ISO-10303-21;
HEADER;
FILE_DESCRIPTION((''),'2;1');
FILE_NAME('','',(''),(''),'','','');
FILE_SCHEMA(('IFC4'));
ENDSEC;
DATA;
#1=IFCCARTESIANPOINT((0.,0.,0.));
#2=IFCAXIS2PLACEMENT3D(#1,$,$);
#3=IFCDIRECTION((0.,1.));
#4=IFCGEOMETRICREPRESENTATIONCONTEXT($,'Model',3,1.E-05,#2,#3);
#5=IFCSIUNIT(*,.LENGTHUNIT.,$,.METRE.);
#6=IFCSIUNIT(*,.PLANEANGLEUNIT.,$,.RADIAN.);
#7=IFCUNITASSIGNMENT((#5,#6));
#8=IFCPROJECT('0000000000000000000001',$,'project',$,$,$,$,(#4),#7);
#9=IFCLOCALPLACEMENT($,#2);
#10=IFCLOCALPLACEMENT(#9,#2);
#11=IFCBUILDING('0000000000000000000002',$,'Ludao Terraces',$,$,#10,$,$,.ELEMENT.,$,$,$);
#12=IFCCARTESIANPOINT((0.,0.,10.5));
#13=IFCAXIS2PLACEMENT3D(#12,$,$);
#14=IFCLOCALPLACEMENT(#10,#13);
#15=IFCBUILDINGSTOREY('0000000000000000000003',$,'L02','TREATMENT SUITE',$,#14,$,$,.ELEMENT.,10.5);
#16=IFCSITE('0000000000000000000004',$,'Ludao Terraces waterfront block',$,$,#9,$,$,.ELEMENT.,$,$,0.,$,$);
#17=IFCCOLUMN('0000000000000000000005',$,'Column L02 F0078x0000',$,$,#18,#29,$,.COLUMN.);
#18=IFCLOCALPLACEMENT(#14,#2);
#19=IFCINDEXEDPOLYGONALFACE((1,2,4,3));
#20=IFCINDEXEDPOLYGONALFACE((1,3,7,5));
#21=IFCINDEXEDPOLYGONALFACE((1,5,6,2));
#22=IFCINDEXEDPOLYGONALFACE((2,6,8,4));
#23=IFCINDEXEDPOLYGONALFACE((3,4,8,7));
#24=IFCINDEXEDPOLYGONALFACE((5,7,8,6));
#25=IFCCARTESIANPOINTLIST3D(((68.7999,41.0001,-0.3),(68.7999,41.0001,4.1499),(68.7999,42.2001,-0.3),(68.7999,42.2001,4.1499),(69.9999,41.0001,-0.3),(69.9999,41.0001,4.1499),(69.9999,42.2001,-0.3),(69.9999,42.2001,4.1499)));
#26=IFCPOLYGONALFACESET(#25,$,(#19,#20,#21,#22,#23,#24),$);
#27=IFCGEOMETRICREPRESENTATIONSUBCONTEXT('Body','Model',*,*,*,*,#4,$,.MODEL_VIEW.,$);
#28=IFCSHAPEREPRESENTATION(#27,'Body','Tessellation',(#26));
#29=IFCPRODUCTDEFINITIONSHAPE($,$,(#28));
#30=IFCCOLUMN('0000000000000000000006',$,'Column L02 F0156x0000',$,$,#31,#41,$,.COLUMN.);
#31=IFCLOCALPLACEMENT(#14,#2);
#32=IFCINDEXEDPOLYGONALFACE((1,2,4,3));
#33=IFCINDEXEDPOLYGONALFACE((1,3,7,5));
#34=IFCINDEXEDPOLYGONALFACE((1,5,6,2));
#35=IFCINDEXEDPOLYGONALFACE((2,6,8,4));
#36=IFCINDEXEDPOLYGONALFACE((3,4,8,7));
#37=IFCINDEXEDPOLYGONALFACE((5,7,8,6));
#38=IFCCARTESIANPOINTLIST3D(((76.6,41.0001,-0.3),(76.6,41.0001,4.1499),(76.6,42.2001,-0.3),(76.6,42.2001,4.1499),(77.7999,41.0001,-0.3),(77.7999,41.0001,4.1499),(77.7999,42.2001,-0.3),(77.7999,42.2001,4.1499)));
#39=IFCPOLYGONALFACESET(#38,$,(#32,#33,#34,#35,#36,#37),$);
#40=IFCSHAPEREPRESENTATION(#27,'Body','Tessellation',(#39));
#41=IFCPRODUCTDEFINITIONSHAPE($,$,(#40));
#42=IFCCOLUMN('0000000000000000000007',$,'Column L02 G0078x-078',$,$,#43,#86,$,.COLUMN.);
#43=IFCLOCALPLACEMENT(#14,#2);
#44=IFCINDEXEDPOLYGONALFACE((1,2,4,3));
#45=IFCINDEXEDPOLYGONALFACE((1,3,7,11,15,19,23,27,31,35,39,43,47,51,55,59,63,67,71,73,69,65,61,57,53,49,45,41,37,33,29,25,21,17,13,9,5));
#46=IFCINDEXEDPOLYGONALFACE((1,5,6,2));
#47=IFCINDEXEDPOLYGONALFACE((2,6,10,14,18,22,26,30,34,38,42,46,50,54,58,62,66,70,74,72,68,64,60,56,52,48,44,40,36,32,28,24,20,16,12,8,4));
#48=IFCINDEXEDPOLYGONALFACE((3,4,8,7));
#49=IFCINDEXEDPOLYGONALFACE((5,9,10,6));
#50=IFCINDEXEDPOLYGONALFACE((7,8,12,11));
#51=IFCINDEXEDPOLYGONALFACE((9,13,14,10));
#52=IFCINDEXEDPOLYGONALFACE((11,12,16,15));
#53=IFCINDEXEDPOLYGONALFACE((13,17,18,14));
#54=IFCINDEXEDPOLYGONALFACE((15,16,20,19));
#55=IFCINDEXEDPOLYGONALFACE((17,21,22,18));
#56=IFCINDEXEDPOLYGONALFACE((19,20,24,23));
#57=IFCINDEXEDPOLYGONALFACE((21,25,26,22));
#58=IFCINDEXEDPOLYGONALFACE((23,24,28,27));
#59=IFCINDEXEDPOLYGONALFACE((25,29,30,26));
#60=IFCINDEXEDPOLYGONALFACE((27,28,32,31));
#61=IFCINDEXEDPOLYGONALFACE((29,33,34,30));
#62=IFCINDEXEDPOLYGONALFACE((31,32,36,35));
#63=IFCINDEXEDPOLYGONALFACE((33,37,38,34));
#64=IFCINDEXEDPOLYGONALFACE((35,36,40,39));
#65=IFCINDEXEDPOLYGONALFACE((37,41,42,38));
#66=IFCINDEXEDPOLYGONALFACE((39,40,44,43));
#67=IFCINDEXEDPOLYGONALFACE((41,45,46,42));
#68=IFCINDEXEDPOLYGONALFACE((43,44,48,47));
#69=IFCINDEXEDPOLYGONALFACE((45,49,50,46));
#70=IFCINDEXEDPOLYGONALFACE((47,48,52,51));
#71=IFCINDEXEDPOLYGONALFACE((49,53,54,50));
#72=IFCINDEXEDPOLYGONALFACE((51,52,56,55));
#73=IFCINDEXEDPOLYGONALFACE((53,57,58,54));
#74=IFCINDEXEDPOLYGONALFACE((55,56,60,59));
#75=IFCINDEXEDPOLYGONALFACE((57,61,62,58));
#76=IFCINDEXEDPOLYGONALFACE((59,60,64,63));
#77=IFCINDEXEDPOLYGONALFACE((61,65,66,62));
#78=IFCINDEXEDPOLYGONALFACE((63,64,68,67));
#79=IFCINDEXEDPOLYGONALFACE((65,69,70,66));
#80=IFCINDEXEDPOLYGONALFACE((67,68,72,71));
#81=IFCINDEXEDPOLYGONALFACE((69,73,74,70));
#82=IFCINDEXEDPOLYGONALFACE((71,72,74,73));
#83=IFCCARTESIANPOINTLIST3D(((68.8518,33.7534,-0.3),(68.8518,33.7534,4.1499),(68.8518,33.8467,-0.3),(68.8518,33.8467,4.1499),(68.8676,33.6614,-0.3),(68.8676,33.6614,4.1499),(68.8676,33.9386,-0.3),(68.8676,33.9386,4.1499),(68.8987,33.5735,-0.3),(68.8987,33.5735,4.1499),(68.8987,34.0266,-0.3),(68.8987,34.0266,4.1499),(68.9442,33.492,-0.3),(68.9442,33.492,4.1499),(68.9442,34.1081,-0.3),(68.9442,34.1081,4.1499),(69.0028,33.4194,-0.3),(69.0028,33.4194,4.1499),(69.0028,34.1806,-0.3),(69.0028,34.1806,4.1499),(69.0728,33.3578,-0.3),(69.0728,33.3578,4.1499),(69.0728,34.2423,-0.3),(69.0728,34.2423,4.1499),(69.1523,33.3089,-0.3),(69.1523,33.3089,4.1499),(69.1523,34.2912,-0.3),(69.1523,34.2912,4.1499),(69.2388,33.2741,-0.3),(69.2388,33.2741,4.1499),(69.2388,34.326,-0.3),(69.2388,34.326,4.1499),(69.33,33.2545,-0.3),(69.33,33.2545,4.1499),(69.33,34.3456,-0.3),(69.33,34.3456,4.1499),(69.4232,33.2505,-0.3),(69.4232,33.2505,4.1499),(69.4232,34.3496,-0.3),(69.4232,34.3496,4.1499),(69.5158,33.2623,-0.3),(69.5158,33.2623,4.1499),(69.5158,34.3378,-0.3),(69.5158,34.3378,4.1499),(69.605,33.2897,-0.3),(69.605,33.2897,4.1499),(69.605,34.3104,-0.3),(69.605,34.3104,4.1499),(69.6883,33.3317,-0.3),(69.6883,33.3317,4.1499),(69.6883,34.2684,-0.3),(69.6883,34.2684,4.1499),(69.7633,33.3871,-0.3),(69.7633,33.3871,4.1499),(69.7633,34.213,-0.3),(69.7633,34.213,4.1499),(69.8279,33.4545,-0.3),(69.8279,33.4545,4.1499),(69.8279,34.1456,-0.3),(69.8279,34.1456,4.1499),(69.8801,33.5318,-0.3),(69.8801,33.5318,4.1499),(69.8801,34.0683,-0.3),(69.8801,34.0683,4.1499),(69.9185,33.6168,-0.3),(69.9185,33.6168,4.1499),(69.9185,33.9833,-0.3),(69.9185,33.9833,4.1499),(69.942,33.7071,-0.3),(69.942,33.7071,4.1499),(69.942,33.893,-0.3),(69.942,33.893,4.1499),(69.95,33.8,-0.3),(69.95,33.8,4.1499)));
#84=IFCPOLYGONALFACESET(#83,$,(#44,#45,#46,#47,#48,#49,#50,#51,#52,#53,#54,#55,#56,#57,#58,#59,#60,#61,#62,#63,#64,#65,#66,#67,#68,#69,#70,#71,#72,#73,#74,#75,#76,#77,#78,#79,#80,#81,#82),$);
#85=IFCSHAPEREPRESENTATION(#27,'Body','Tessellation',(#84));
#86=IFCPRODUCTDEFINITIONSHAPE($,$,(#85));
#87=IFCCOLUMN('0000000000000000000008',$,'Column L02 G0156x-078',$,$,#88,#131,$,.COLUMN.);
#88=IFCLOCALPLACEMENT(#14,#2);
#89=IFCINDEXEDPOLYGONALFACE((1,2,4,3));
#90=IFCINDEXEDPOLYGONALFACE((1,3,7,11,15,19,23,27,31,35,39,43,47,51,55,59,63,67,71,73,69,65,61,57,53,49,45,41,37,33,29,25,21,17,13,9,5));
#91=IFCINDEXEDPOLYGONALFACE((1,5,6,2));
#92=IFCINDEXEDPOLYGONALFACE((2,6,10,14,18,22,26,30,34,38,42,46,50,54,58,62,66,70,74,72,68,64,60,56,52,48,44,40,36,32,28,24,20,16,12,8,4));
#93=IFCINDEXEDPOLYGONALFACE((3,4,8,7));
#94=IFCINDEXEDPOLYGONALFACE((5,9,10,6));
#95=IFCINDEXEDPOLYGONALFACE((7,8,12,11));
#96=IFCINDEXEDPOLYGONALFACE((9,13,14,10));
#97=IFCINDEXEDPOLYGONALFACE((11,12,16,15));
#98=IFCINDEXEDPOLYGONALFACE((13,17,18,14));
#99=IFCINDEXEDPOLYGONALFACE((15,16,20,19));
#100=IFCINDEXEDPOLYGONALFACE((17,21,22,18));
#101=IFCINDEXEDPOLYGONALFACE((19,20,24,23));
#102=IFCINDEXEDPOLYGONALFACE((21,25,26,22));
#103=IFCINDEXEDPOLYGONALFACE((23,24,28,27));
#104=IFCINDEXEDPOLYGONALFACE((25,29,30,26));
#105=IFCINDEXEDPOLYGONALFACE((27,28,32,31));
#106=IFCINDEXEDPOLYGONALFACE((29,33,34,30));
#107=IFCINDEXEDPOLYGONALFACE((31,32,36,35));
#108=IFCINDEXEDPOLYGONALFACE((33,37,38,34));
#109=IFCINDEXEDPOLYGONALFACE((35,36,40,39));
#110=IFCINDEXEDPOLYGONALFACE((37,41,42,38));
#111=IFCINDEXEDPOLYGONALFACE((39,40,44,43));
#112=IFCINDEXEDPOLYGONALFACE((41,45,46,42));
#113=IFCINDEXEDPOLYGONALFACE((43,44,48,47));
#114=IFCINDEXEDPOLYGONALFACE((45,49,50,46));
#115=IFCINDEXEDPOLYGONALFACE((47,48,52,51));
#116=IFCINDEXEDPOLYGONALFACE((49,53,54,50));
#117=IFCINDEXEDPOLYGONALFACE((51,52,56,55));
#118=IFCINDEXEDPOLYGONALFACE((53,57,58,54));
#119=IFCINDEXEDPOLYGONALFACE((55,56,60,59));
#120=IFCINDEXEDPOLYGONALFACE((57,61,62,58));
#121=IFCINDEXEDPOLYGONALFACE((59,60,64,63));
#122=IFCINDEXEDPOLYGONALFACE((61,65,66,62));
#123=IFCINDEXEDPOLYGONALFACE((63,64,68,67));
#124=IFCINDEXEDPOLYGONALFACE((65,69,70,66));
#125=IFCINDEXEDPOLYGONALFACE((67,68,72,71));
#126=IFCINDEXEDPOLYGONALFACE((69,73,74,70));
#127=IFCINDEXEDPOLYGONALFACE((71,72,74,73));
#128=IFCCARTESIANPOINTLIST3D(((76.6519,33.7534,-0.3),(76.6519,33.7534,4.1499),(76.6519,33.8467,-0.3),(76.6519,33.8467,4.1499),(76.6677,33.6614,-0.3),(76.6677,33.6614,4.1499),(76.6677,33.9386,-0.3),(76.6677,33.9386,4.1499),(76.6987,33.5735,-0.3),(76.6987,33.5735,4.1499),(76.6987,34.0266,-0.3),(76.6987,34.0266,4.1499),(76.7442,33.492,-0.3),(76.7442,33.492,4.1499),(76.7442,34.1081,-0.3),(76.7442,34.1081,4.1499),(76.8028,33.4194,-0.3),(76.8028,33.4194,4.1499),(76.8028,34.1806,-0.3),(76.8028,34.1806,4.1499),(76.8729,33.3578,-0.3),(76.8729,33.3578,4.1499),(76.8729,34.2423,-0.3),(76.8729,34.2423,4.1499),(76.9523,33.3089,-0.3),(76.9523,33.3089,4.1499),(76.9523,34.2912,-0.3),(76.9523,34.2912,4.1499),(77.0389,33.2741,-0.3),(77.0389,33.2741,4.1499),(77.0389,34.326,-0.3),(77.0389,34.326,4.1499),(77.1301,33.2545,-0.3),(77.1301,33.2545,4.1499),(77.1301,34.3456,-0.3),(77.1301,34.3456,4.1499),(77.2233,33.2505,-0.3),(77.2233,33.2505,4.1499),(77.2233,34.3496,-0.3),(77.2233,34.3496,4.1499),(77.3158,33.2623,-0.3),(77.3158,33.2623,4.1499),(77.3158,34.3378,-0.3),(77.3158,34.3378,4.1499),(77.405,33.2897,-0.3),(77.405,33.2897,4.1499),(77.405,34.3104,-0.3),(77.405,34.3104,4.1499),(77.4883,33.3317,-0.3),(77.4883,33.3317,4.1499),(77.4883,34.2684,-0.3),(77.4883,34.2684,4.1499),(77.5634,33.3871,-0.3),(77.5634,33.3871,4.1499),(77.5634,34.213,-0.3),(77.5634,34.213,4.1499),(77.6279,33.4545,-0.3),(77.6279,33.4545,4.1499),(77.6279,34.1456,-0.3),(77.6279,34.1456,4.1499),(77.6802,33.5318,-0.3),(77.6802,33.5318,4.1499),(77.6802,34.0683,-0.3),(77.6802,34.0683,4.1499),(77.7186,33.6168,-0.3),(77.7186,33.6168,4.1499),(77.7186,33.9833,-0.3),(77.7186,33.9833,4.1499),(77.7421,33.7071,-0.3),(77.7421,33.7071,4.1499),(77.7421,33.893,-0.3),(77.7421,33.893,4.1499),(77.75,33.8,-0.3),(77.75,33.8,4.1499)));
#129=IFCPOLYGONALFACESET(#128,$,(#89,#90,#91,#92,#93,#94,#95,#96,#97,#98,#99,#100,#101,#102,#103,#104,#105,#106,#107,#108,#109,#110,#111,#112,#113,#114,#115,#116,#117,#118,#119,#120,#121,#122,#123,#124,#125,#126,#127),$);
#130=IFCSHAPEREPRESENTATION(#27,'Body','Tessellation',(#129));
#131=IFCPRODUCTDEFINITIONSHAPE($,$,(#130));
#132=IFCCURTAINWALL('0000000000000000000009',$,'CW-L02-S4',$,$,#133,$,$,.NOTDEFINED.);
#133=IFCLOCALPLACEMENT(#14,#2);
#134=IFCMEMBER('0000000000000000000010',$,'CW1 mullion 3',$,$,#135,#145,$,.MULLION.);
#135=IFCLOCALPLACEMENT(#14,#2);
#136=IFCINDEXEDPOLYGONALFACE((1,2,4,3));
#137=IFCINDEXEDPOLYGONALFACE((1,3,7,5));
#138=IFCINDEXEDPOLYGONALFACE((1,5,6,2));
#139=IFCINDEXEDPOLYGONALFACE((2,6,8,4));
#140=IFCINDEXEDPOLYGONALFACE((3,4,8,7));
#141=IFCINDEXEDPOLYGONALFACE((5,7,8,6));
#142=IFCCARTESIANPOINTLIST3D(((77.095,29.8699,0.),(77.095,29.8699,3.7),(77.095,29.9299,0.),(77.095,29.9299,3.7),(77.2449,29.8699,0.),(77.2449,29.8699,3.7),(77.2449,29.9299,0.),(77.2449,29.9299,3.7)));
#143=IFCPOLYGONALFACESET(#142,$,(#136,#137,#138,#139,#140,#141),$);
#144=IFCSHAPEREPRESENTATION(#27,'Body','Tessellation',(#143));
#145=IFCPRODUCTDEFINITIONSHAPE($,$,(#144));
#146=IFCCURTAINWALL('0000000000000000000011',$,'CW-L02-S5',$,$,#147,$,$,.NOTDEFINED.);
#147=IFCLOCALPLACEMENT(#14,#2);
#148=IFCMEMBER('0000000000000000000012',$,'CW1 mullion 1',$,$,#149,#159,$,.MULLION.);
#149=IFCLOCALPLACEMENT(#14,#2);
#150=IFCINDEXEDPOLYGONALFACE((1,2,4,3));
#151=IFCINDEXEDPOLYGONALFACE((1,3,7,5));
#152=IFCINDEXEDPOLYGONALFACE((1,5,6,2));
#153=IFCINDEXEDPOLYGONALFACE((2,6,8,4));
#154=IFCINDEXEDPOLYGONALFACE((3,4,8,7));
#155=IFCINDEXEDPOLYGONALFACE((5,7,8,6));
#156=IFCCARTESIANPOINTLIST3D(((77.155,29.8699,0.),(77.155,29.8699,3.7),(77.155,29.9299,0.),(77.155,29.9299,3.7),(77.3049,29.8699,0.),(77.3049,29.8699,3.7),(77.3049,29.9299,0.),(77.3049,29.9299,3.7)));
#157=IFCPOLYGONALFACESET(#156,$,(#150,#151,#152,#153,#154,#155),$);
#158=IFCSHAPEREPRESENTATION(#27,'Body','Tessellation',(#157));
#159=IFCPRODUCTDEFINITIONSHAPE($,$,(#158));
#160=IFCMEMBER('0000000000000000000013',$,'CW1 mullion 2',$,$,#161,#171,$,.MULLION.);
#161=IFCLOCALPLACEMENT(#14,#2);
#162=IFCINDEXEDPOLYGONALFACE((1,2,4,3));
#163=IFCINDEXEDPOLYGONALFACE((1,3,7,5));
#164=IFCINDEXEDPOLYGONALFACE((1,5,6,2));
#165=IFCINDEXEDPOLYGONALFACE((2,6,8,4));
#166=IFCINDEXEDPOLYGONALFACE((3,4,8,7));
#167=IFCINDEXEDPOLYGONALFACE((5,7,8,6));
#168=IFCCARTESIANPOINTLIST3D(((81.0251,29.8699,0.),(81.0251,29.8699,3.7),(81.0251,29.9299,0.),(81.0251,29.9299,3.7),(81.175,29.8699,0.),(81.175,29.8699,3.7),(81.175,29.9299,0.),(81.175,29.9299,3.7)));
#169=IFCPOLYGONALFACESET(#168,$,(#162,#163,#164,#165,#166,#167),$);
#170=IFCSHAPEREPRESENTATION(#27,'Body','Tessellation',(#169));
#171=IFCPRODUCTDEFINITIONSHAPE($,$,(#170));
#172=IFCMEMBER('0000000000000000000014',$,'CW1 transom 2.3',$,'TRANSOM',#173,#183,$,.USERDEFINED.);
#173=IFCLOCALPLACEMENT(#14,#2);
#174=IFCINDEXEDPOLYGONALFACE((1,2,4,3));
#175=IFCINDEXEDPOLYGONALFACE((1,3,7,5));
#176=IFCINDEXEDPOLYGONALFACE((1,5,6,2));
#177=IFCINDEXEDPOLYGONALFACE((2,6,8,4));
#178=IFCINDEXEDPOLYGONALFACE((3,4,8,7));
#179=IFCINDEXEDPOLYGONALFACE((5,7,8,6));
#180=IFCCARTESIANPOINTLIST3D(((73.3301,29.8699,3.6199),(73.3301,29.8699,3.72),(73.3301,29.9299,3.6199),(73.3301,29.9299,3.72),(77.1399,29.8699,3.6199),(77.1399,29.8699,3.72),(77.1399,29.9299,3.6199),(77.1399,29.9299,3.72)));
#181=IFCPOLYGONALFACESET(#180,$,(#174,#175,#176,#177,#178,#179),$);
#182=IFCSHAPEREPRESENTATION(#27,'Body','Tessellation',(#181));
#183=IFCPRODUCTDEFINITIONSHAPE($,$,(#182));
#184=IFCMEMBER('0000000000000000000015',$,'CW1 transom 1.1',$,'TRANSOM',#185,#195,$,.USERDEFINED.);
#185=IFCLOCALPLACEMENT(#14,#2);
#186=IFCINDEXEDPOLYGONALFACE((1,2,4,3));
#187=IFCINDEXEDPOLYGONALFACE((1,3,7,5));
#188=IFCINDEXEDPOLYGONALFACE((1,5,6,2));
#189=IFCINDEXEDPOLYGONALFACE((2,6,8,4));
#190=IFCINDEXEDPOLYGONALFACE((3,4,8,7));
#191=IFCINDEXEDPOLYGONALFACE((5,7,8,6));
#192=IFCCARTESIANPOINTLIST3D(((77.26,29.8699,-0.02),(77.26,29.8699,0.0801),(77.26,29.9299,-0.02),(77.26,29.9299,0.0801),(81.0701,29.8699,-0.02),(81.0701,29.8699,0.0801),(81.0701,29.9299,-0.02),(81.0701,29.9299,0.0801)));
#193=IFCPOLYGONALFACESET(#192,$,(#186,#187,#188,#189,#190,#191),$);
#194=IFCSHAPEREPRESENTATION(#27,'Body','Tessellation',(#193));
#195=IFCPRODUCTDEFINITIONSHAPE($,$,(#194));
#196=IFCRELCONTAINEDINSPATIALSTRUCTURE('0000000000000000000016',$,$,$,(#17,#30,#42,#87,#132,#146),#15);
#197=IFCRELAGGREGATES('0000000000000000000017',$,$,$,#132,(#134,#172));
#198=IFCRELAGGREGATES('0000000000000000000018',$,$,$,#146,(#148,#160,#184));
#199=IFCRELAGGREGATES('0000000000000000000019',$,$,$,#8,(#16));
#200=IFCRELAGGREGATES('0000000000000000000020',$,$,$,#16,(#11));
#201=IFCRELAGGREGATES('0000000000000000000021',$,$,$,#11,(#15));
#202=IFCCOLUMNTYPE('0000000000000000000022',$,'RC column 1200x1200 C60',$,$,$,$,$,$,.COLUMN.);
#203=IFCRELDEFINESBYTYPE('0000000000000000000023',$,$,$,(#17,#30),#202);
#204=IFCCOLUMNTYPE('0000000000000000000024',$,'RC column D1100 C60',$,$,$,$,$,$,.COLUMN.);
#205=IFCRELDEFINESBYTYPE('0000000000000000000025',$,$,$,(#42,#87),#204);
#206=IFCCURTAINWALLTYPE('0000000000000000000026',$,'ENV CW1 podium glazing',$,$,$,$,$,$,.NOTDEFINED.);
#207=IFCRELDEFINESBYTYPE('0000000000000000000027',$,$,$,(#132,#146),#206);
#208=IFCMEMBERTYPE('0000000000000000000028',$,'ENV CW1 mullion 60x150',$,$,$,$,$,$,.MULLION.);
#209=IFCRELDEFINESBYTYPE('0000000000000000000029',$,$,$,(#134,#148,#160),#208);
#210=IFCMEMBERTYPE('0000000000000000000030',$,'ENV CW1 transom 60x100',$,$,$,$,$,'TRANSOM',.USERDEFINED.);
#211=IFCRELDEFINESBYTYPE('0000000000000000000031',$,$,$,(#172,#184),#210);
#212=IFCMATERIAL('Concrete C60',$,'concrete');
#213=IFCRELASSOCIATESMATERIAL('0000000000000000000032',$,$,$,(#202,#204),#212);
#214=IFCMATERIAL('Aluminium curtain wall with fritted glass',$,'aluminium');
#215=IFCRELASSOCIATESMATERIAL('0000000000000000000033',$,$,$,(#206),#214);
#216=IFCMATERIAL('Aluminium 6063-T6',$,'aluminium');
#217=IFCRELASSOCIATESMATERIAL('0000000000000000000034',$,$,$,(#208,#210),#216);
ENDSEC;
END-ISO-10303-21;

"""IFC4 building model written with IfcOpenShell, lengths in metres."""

from ifc_helpers import new_model, si_unit, direction, frame, origin, origin_2d, place, context, subcontext, project, spatial, rectangle, circle, extrude, material, material_profile, profile_set, type_object, element, aggregate, save


model = new_model("IFC4")

# Units and contexts
model_context = context("Model", 3, precision=1e-05, world=origin(), true_north=direction((0.0, 1.0)))
body_context = subcontext(model_context, "Body", "Model", "MODEL_VIEW")
ifc_project = project(units=[si_unit("LENGTHUNIT", "METRE"), si_unit("PLANEANGLEUNIT", "RADIAN")], contexts=[model_context])

# Site, building, storey
site_placement = place(None, origin())
site = spatial("IfcSite", under=ifc_project, at=site_placement, Name="Ludao Terraces waterfront block", CompositionType="ELEMENT", RefElevation=0.0)
building_placement = place(site_placement, origin())
building = spatial("IfcBuilding", under=site, at=building_placement, Name="Ludao Terraces", CompositionType="ELEMENT")
storey_placement = place(building_placement, frame((0.0, 0.0, 10.5)))
storey = spatial("IfcBuildingStorey", under=building, at=storey_placement, Name="L02", Description="TREATMENT SUITE", CompositionType="ELEMENT", Elevation=10.5)

# Columns
ifc_material_1 = material(Name="Concrete C60", Category="concrete")
ifc_material_profile_1 = material_profile(ifc_material_1, rectangle(XDim=1.2, YDim=1.2, at=origin_2d()), Name="1200 X 1200")
ifc_profile_set_1 = profile_set([ifc_material_profile_1], Name="Concrete C60")
column_type_1 = type_object("IfcColumnType", Name="RC column 1200x1200 C60", PredefinedType="COLUMN", material=ifc_profile_set_1)
for number, where, z_axis, x_axis, name in (
    (1, (69.3999, 41.6001, -0.3), (0.0, 0.0, 1.0), (1.0, 0.0, 0.0), "Column L02 F0078x0000"),
    (2, (77.2, 41.6001, -0.3), (0.0, 0.0, 1.0), (1.0, 0.0, 0.0), "Column L02 F0156x0000"),
):
    element("IfcColumn", number, at=place(storey_placement, frame(where, z_axis=z_axis, x_axis=x_axis)), inside=storey, type_object=column_type_1, Name=name, PredefinedType="COLUMN", context=body_context, shape_type="SweptSolid", body=[
        extrude(rectangle(XDim=1.2, YDim=1.2, at=origin_2d()), origin(), (0.0, 0.0, 1.0), 4.45),
    ])
ifc_material_profile_2 = material_profile(ifc_material_1, circle(Radius=0.55, at=origin_2d()), Name="D1100")
ifc_profile_set_2 = profile_set([ifc_material_profile_2], Name="Concrete C60")
column_type_2 = type_object("IfcColumnType", Name="RC column D1100 C60", PredefinedType="COLUMN", material=ifc_profile_set_2)
for number, where, z_axis, x_axis, name in (
    (3, (69.3999, 33.8, -0.3), (0.0, 0.0, 1.0), (1.0, 0.0, 0.0), "Column L02 G0078x-078"),
    (4, (77.2, 33.8, -0.3), (0.0, 0.0, 1.0), (1.0, 0.0, 0.0), "Column L02 G0156x-078"),
):
    element("IfcColumn", number, at=place(storey_placement, frame(where, z_axis=z_axis, x_axis=x_axis)), inside=storey, type_object=column_type_2, Name=name, PredefinedType="COLUMN", context=body_context, shape_type="SweptSolid", body=[
        extrude(circle(Radius=0.55, at=origin_2d()), origin(), (0.0, 0.0, 1.0), 4.45),
    ])

# Curtain wall, member
ifc_material_2 = material(Name="Aluminium curtain wall with fritted glass", Category="aluminium")
curtain_wall_type = type_object("IfcCurtainWallType", Name="ENV CW1 podium glazing", PredefinedType="NOTDEFINED", material=ifc_material_2)
curtain_wall_1_placement = place(storey_placement, origin())
curtain_wall_1 = element("IfcCurtainWall", 5, at=curtain_wall_1_placement, inside=storey, type_object=curtain_wall_type, Name="CW-L02-S4", PredefinedType="NOTDEFINED")
ifc_material_3 = material(Name="Aluminium 6063-T6", Category="aluminium")
ifc_material_profile_3 = material_profile(ifc_material_3, rectangle(XDim=0.0601, YDim=0.1499, at=origin_2d()), Name="60 X 150")
ifc_profile_set_3 = profile_set([ifc_material_profile_3], Name="Aluminium 6063-T6")
member_type_1 = type_object("IfcMemberType", Name="ENV CW1 mullion 60x150", PredefinedType="MULLION", material=ifc_profile_set_3)
member_1_placement = place(storey_placement, frame((77.1699, 29.8999, 0.0), z_axis=(0.0, 0.0, 1.0), x_axis=(0.0, 1.0, 0.0)))
member_1 = element("IfcMember", 6, at=member_1_placement, type_object=member_type_1, Name="CW1 mullion 3", PredefinedType="MULLION", context=body_context, shape_type="SweptSolid", body=[
    extrude(rectangle(XDim=0.0601, YDim=0.1499, at=origin_2d()), origin(), (0.0, 0.0, 1.0), 3.7),
])

# Curtain wall, members
curtain_wall_2_placement = place(storey_placement, origin())
curtain_wall_2 = element("IfcCurtainWall", 7, at=curtain_wall_2_placement, inside=storey, type_object=curtain_wall_type, Name="CW-L02-S5", PredefinedType="NOTDEFINED")
member_2_placement = place(storey_placement, frame((77.23, 29.8999, 0.0), z_axis=(0.0, 0.0, 1.0), x_axis=(0.0, 1.0, 0.0)))
member_2 = element("IfcMember", 8, at=member_2_placement, type_object=member_type_1, Name="CW1 mullion 1", PredefinedType="MULLION", context=body_context, shape_type="SweptSolid", body=[
    extrude(rectangle(XDim=0.0601, YDim=0.1499, at=origin_2d()), origin(), (0.0, 0.0, 1.0), 3.7),
])
member_3_placement = place(storey_placement, frame((81.1001, 29.8999, 0.0), z_axis=(0.0, 0.0, 1.0), x_axis=(0.0, 1.0, 0.0)))
member_3 = element("IfcMember", 9, at=member_3_placement, type_object=member_type_1, Name="CW1 mullion 2", PredefinedType="MULLION", context=body_context, shape_type="SweptSolid", body=[
    extrude(rectangle(XDim=0.0601, YDim=0.1499, at=origin_2d()), origin(), (0.0, 0.0, 1.0), 3.7),
])

# Members
ifc_material_profile_4 = material_profile(ifc_material_3, rectangle(XDim=0.0601, YDim=0.1001, at=origin_2d()), Name="60 X 100")
ifc_profile_set_4 = profile_set([ifc_material_profile_4], Name="Aluminium 6063-T6")
member_type_2 = type_object("IfcMemberType", Name="ENV CW1 transom 60x100", ElementType="TRANSOM", PredefinedType="USERDEFINED", material=ifc_profile_set_4)
member_4_placement = place(storey_placement, frame((73.3301, 29.8999, 3.6699), z_axis=(1.0, 0.0, 0.0), x_axis=(0.0, 1.0, 0.0)))
member_4 = element("IfcMember", 10, at=member_4_placement, type_object=member_type_2, Name="CW1 transom 2.3", ObjectType="TRANSOM", PredefinedType="USERDEFINED", context=body_context, shape_type="SweptSolid", body=[
    extrude(rectangle(XDim=0.0601, YDim=0.1001, at=origin_2d()), origin(), (0.0, 0.0, 1.0), 3.8098),
])
member_5_placement = place(storey_placement, frame((77.26, 29.8999, 0.03), z_axis=(1.0, 0.0, 0.0), x_axis=(0.0, 1.0, 0.0)))
member_5 = element("IfcMember", 11, at=member_5_placement, type_object=member_type_2, Name="CW1 transom 1.1", ObjectType="TRANSOM", PredefinedType="USERDEFINED", context=body_context, shape_type="SweptSolid", body=[
    extrude(rectangle(XDim=0.0601, YDim=0.1001, at=origin_2d()), origin(), (0.0, 0.0, 1.0), 3.8101),
])

aggregate(curtain_wall_1, [member_1, member_4])
aggregate(curtain_wall_2, [member_2, member_3, member_5])

save(model, "model.ifc")
